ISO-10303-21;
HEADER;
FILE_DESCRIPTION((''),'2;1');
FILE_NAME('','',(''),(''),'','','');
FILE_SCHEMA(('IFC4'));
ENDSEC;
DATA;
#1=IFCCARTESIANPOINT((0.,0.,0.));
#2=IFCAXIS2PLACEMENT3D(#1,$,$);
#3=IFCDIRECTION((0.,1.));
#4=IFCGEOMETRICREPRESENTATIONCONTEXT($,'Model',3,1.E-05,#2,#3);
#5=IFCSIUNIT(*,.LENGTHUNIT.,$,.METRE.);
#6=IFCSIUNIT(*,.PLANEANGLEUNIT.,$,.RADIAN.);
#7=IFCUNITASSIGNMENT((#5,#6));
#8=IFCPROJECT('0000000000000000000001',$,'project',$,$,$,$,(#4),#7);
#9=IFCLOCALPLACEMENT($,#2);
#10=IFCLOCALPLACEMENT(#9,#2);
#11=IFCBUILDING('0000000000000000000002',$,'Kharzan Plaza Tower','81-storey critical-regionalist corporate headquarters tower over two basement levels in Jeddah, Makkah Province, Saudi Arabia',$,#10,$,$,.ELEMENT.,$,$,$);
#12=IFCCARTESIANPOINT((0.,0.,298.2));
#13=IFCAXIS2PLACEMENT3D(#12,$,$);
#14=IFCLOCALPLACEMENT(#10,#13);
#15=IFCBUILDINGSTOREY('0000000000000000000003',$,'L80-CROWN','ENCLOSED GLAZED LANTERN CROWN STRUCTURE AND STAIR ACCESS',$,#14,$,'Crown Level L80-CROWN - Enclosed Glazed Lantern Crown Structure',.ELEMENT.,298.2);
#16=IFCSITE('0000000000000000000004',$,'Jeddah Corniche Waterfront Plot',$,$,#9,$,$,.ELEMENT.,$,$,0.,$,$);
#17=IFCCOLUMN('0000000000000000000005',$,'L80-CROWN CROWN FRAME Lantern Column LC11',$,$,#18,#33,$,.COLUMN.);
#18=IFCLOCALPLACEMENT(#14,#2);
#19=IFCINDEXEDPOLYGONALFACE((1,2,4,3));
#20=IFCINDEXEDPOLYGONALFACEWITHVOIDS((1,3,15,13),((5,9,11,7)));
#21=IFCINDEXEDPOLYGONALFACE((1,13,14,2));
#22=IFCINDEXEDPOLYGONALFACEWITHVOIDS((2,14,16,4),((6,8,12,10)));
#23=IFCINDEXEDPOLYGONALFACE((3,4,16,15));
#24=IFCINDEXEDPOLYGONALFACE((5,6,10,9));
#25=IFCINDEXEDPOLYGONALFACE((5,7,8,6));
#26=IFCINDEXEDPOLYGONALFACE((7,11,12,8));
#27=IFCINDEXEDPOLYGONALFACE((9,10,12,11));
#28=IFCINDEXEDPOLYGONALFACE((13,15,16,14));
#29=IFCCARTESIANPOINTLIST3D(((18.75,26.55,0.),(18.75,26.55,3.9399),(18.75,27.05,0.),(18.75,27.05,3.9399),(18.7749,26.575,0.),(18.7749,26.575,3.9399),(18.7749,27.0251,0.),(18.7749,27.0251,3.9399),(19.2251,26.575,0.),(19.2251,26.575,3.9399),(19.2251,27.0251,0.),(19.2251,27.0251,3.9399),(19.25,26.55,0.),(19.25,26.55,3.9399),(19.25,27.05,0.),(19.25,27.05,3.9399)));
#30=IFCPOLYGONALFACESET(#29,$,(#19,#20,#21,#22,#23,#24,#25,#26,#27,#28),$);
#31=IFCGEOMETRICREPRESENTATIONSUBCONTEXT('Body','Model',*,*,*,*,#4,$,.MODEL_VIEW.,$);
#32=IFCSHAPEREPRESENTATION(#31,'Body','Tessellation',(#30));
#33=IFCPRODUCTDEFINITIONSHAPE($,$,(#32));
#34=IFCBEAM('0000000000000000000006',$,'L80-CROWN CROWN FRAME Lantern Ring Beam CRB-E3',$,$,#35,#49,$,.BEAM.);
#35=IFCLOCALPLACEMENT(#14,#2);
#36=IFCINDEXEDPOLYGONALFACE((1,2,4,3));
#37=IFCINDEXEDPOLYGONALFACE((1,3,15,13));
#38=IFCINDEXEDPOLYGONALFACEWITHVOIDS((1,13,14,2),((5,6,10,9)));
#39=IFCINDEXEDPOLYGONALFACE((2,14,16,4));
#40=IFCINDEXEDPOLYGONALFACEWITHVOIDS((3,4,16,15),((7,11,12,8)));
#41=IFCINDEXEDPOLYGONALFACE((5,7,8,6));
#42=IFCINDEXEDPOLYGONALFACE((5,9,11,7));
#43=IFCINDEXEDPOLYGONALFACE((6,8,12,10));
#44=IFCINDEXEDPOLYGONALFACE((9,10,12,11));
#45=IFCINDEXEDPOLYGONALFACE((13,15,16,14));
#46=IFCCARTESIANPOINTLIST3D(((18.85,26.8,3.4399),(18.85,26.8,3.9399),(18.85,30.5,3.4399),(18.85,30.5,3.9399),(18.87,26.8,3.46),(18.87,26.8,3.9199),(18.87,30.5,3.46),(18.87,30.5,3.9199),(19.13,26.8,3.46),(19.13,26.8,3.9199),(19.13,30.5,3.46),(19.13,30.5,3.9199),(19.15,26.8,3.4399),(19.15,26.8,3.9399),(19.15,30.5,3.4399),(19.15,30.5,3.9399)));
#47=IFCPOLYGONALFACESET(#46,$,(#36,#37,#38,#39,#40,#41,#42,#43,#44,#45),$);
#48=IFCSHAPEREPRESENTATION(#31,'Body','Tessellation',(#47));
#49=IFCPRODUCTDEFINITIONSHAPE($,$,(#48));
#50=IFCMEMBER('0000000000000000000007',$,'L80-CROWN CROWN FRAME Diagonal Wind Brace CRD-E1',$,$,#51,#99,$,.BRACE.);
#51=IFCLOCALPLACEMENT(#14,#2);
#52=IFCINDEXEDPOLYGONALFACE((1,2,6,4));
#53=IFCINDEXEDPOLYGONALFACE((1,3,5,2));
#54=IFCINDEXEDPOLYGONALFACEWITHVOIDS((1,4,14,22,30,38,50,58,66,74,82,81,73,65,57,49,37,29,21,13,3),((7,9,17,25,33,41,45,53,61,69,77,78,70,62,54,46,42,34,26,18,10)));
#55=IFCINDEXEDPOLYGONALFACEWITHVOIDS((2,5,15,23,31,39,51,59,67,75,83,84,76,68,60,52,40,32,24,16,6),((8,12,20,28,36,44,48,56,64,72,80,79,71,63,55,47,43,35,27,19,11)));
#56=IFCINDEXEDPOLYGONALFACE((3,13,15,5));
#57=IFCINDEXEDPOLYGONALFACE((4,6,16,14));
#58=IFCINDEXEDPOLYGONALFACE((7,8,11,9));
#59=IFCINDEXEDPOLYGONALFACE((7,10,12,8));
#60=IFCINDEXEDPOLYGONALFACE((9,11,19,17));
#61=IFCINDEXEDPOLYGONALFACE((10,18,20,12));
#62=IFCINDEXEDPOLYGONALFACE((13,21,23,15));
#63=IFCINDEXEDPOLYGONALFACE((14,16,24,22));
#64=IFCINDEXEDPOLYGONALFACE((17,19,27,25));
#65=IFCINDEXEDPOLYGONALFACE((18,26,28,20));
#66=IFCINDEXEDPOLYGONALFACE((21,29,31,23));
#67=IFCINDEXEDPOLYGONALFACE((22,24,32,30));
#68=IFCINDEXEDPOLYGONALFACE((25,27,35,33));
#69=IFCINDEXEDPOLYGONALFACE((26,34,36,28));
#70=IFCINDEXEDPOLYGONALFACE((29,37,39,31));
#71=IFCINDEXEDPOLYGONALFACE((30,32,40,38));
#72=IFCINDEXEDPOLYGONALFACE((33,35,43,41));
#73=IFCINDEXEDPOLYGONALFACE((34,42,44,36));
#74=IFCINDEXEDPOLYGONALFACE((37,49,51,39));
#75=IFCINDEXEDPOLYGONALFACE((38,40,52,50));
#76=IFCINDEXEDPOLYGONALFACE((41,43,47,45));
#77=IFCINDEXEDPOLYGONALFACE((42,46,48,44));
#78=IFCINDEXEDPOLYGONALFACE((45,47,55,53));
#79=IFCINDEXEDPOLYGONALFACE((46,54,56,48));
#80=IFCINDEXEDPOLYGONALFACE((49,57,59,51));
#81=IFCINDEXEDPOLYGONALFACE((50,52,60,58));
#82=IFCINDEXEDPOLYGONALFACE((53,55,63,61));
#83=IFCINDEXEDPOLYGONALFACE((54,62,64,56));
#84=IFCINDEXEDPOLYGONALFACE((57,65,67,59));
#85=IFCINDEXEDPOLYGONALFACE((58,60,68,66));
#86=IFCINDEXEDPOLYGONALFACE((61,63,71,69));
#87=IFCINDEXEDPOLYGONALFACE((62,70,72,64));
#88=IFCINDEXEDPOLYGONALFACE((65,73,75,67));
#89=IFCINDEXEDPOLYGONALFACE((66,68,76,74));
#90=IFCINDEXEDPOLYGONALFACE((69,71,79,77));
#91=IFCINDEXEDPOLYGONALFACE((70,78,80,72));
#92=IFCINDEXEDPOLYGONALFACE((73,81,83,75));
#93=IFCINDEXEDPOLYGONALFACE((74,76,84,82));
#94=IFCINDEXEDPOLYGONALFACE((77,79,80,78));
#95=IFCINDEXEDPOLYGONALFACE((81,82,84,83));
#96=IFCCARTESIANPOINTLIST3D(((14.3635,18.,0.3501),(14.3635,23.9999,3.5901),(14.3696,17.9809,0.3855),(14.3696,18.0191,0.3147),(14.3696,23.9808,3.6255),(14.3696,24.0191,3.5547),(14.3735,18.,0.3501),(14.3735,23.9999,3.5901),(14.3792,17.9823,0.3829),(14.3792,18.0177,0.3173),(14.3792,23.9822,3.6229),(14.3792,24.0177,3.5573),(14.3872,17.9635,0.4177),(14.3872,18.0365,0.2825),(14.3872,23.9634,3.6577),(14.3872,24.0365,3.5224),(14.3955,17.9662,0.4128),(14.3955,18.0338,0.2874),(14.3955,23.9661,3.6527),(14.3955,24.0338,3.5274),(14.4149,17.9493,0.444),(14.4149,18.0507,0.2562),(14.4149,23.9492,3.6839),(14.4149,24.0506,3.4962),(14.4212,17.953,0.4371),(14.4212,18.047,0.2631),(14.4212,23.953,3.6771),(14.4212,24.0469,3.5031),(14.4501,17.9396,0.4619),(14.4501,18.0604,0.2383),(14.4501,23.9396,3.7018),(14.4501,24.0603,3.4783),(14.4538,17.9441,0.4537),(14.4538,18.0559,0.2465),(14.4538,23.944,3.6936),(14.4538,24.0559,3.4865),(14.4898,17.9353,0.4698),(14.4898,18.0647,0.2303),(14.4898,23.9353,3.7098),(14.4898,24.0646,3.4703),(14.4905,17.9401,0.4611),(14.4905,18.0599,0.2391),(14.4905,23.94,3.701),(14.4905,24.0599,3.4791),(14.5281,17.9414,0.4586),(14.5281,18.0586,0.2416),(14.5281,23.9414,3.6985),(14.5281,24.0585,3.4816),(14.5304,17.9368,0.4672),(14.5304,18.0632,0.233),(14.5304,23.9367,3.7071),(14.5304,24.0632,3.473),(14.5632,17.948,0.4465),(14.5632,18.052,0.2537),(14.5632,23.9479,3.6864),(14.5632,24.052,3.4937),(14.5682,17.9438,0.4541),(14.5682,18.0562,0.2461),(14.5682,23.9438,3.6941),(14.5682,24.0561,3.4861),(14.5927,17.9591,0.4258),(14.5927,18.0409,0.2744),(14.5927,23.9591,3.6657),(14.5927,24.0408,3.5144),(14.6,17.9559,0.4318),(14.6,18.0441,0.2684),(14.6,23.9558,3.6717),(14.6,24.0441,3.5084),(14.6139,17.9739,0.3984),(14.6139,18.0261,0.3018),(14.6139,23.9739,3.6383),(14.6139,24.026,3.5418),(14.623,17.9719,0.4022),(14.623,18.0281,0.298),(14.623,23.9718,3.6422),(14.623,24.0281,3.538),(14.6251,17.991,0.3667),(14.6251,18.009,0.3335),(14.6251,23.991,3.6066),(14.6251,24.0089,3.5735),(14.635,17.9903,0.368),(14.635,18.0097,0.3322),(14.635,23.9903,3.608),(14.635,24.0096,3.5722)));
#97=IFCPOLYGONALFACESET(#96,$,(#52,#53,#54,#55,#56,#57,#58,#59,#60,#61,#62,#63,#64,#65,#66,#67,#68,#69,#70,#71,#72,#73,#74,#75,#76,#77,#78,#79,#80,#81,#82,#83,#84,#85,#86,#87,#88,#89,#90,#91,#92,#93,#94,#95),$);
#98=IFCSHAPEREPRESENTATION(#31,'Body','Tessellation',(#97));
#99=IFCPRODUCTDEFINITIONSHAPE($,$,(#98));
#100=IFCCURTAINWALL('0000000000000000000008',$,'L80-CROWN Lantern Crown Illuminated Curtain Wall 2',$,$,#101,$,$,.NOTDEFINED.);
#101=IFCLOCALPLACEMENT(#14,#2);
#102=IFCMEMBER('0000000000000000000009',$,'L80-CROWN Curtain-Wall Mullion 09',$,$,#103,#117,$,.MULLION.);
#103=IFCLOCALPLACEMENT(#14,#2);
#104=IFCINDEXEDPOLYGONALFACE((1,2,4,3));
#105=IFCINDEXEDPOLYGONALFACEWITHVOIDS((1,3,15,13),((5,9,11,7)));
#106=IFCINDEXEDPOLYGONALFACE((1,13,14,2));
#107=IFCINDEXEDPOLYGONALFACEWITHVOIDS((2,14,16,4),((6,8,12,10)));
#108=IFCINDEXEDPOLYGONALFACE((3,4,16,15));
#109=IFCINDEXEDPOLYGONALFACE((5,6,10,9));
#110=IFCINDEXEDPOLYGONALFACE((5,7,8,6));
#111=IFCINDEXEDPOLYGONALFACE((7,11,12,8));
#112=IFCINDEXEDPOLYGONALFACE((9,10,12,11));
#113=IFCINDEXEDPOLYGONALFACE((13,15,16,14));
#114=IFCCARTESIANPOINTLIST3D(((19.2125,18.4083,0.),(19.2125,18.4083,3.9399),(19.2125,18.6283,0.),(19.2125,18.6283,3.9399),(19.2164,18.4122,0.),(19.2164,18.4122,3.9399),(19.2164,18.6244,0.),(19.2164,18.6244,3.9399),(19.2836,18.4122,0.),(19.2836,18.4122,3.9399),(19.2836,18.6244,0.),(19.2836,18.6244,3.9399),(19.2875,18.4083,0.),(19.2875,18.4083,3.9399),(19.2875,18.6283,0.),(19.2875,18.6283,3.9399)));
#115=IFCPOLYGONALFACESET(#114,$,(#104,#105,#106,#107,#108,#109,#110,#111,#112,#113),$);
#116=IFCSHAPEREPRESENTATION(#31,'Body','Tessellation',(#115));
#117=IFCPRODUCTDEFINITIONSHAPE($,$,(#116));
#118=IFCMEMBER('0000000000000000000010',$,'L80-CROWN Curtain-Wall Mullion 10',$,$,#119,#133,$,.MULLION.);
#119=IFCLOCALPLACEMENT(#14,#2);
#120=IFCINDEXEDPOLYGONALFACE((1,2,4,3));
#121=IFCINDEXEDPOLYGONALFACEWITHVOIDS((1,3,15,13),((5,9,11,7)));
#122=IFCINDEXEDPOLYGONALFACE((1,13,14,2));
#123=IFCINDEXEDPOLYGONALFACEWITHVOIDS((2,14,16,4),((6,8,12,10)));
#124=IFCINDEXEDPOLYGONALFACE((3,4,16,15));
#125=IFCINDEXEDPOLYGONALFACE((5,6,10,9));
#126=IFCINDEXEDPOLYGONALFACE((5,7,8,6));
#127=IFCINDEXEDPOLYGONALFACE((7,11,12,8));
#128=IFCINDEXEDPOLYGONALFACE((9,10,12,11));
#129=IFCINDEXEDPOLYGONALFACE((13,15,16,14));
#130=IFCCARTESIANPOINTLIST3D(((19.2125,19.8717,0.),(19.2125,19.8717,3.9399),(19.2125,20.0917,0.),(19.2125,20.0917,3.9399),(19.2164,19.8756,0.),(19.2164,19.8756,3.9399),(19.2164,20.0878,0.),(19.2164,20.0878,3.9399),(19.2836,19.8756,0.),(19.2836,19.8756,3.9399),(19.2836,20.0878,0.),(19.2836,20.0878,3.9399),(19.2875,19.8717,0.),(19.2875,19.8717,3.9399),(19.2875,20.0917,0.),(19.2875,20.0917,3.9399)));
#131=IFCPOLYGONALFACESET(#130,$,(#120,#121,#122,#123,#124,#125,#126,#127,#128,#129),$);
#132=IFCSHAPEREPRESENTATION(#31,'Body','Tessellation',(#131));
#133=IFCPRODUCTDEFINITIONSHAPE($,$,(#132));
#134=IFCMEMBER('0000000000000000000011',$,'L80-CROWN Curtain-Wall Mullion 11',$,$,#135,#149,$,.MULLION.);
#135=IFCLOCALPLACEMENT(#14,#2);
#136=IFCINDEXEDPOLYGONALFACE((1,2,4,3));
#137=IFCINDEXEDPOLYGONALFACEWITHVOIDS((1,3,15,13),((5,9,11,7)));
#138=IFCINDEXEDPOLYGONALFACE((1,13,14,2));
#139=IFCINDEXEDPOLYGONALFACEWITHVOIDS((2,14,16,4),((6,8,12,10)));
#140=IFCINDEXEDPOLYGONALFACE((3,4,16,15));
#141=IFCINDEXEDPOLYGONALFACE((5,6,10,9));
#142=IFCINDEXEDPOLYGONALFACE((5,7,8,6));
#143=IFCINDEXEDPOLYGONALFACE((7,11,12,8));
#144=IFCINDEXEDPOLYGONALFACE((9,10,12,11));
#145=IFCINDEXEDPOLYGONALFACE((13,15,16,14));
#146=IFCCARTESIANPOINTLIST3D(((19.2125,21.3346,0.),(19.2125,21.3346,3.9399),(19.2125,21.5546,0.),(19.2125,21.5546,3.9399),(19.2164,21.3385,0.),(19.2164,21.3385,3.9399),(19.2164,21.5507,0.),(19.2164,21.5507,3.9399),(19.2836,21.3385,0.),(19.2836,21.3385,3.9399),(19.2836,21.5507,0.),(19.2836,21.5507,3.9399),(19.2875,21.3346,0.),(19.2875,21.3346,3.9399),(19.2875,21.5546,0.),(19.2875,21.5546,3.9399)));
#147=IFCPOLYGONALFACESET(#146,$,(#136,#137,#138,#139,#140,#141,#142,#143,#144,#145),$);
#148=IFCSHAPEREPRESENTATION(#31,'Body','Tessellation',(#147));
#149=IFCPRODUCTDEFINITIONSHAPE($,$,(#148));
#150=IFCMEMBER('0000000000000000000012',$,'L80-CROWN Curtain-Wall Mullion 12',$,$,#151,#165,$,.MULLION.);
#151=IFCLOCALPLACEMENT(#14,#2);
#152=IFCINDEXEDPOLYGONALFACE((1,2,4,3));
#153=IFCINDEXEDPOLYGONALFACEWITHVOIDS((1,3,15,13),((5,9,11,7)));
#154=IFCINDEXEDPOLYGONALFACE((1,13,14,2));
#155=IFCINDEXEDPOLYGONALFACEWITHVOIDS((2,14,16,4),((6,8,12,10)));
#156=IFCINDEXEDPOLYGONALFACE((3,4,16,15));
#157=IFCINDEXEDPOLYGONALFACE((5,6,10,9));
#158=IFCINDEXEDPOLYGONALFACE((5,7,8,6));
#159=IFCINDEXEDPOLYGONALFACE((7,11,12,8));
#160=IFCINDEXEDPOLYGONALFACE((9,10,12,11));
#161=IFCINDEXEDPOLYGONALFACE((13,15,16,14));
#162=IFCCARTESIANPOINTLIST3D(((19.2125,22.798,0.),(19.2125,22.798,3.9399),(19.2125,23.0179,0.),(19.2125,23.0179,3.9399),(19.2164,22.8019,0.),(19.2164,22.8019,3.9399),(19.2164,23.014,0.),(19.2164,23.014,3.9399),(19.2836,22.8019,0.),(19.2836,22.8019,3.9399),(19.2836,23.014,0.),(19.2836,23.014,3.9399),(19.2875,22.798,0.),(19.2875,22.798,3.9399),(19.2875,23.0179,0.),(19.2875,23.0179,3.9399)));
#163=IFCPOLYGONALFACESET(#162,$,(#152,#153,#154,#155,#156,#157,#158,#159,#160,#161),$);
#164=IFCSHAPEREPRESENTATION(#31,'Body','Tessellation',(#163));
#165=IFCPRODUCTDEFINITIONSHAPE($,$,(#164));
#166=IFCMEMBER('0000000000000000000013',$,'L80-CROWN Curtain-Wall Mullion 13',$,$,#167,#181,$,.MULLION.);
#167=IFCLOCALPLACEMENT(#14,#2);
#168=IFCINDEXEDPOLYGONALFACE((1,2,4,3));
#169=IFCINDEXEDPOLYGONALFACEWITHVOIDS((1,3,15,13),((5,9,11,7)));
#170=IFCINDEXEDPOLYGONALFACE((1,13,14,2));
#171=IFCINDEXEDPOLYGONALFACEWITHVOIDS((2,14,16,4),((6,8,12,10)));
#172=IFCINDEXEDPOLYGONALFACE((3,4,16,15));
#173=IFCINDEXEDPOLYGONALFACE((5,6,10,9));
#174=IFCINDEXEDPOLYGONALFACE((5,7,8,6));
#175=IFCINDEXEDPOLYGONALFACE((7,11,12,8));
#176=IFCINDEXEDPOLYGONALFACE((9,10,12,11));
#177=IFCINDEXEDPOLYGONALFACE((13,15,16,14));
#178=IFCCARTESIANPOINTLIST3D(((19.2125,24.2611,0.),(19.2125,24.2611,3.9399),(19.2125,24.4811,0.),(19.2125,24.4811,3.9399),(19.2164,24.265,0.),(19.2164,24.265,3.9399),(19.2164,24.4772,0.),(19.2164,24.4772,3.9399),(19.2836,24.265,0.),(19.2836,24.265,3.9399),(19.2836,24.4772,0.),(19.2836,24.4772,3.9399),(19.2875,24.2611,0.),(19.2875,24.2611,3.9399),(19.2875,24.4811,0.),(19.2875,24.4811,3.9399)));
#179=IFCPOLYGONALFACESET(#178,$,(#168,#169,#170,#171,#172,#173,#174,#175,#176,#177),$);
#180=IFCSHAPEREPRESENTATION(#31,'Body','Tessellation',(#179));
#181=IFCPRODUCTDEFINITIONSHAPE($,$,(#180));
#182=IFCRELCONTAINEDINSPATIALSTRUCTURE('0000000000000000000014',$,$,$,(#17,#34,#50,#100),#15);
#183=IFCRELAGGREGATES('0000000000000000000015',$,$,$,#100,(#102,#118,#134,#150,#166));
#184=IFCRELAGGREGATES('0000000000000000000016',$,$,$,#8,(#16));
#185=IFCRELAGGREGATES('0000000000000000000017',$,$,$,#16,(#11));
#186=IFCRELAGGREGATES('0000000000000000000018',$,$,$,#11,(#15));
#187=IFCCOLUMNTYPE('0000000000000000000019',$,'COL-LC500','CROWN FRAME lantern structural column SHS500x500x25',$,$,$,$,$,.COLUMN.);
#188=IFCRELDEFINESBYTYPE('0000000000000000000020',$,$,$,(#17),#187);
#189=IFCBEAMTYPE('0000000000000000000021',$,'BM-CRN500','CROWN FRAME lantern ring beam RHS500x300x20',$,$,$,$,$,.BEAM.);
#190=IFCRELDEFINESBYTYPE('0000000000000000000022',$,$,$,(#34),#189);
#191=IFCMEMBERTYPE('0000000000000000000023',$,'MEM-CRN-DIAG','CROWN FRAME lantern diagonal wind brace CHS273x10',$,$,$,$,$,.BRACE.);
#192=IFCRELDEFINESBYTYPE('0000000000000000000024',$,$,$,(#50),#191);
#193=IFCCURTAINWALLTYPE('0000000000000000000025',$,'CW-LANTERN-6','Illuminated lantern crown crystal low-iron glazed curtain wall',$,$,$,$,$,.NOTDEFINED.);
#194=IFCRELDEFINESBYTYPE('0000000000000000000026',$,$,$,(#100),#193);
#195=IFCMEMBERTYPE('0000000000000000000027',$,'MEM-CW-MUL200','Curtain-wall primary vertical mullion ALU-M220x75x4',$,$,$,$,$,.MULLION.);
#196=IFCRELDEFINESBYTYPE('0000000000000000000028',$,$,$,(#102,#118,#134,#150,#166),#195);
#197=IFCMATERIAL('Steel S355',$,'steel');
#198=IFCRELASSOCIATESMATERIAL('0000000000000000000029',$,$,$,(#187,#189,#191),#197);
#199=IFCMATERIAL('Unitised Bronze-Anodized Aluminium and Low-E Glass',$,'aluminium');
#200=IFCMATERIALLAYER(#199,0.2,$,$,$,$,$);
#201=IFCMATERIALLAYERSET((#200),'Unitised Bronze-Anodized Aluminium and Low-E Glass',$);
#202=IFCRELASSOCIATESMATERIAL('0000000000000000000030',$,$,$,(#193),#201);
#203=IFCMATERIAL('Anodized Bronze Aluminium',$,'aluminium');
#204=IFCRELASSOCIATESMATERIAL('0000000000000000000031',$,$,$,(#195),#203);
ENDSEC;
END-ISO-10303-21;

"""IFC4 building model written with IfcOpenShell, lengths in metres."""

from ifc_helpers import new_model, si_unit, direction, frame, origin, origin_2d, place, context, subcontext, project, spatial, hollow_rectangle, hollow_circle, extrude, source, transform, mapped, material, layer, layer_set, material_profile, profile_set, type_object, element, aggregate, save


model = new_model("IFC4")

# Units and contexts
model_context = context("Model", 3, precision=1e-05, world=origin(), true_north=direction((0.0, 1.0)))
body_context = subcontext(model_context, "Body", "Model", "MODEL_VIEW")
ifc_project = project(units=[si_unit("LENGTHUNIT", "METRE"), si_unit("PLANEANGLEUNIT", "RADIAN")], contexts=[model_context])

# Site, building, storey
site_placement = place(None, origin())
site = spatial("IfcSite", under=ifc_project, at=site_placement, Name="Jeddah Corniche Waterfront Plot", CompositionType="ELEMENT", RefElevation=0.0)
building_placement = place(site_placement, origin())
building = spatial("IfcBuilding", under=site, at=building_placement, Name="Kharzan Plaza Tower", Description="81-storey critical-regionalist corporate headquarters tower over two basement levels in Jeddah, Makkah Province, Saudi Arabia", CompositionType="ELEMENT")
storey_placement = place(building_placement, frame((0.0, 0.0, 298.2)))
storey = spatial("IfcBuildingStorey", under=building, at=storey_placement, Name="L80-CROWN", Description="ENCLOSED GLAZED LANTERN CROWN STRUCTURE AND STAIR ACCESS", LongName="Crown Level L80-CROWN - Enclosed Glazed Lantern Crown Structure", CompositionType="ELEMENT", Elevation=298.2)

# Column
ifc_material_1 = material(Name="Steel S355", Category="steel")
ifc_material_profile_1 = material_profile(ifc_material_1, hollow_rectangle(XDim=0.5, YDim=0.5, WallThickness=0.0249, at=origin_2d()), Name="SHS500x500x25")
ifc_profile_set_1 = profile_set([ifc_material_profile_1], Name="Steel S355")
column_type = type_object("IfcColumnType", Name="COL-LC500", Description="CROWN FRAME lantern structural column SHS500x500x25", PredefinedType="COLUMN", material=ifc_profile_set_1)
shared_shape_1 = source(origin(), body_context, "Body", "SweptSolid", [
    extrude(hollow_rectangle(XDim=0.5, YDim=0.5, WallThickness=0.0249, at=origin_2d()), origin(), (0.0, 0.0, 1.0), 3.9399),
])
column_placement = place(storey_placement, frame((19.0, 26.8, 0.0), z_axis=(0.0, 0.0, 1.0), x_axis=(1.0, 0.0, 0.0)))
element("IfcColumn", 1, at=column_placement, inside=storey, type_object=column_type, Name="L80-CROWN CROWN FRAME Lantern Column LC11", PredefinedType="COLUMN", context=body_context, shape_type="MappedRepresentation", body=[
    mapped(shared_shape_1, transform((0.0, 0.0, 0.0), x_axis=(1.0, 0.0, 0.0), y_axis=(0.0, 1.0, 0.0), z_axis=(0.0, 0.0, 1.0))),
])

# Beam
ifc_material_profile_2 = material_profile(ifc_material_1, hollow_rectangle(XDim=0.3, YDim=0.5, WallThickness=0.02, at=origin_2d()), Name="RHS500x300x20")
ifc_profile_set_2 = profile_set([ifc_material_profile_2], Name="Steel S355")
beam_type = type_object("IfcBeamType", Name="BM-CRN500", Description="CROWN FRAME lantern ring beam RHS500x300x20", PredefinedType="BEAM", material=ifc_profile_set_2)
shared_shape_2 = source(origin(), body_context, "Body", "SweptSolid", [
    extrude(hollow_rectangle(XDim=0.3, YDim=0.5, WallThickness=0.02, at=origin_2d()), origin(), (0.0, 0.0, 1.0), 3.7),
])
beam_placement = place(storey_placement, frame((19.0, 26.8, 3.6899), z_axis=(0.0, 1.0, 0.0), x_axis=(-1.0, 0.0, 0.0)))
element("IfcBeam", 2, at=beam_placement, inside=storey, type_object=beam_type, Name="L80-CROWN CROWN FRAME Lantern Ring Beam CRB-E3", PredefinedType="BEAM", context=body_context, shape_type="MappedRepresentation", body=[
    mapped(shared_shape_2, transform((0.0, 0.0, 0.0), x_axis=(1.0, 0.0, 0.0), y_axis=(0.0, 1.0, 0.0), z_axis=(0.0, 0.0, 1.0))),
])

# Member
ifc_material_profile_3 = material_profile(ifc_material_1, hollow_circle(Radius=0.1365, WallThickness=0.01, at=origin_2d()), Name="CHS273x10")
ifc_profile_set_3 = profile_set([ifc_material_profile_3], Name="Steel S355")
member_type_1 = type_object("IfcMemberType", Name="MEM-CRN-DIAG", Description="CROWN FRAME lantern diagonal wind brace CHS273x10", PredefinedType="BRACE", material=ifc_profile_set_3)
shared_shape_3 = source(origin(), body_context, "Body", "SweptSolid", [
    extrude(hollow_circle(Radius=0.1365, WallThickness=0.01, at=origin_2d()), origin(), (0.0, 0.0, 1.0), 6.8188),
])
member_1_placement = place(storey_placement, frame((14.5, 18.0, 0.3501), z_axis=(0.0, 0.879906, 0.475148), x_axis=(-1.0, 0.0, 0.0)))
element("IfcMember", 3, at=member_1_placement, inside=storey, type_object=member_type_1, Name="L80-CROWN CROWN FRAME Diagonal Wind Brace CRD-E1", PredefinedType="BRACE", context=body_context, shape_type="MappedRepresentation", body=[
    mapped(shared_shape_3, transform((0.0, 0.0, 0.0), x_axis=(1.0, 0.0, 0.0), y_axis=(0.0, 1.0, 0.0), z_axis=(0.0, 0.0, 1.0))),
])

# Curtain wall, members
ifc_material_2 = material(Name="Unitised Bronze-Anodized Aluminium and Low-E Glass", Category="aluminium")
ifc_layer_1 = layer(ifc_material_2, 0.2)
ifc_layer_set_1 = layer_set([ifc_layer_1], Name="Unitised Bronze-Anodized Aluminium and Low-E Glass")
curtain_wall_type = type_object("IfcCurtainWallType", Name="CW-LANTERN-6", Description="Illuminated lantern crown crystal low-iron glazed curtain wall", PredefinedType="NOTDEFINED", material=ifc_layer_set_1)
curtain_wall_placement = place(storey_placement, origin())
curtain_wall = element("IfcCurtainWall", 4, at=curtain_wall_placement, inside=storey, type_object=curtain_wall_type, Name="L80-CROWN Lantern Crown Illuminated Curtain Wall 2", PredefinedType="NOTDEFINED")
ifc_material_3 = material(Name="Anodized Bronze Aluminium", Category="aluminium")
ifc_material_profile_4 = material_profile(ifc_material_3, hollow_rectangle(XDim=0.075, YDim=0.22, WallThickness=0.0039, at=origin_2d()), Name="ALU-M220x75x4")
ifc_profile_set_4 = profile_set([ifc_material_profile_4], Name="Anodized Bronze Aluminium")
member_type_2 = type_object("IfcMemberType", Name="MEM-CW-MUL200", Description="Curtain-wall primary vertical mullion ALU-M220x75x4", PredefinedType="MULLION", material=ifc_profile_set_4)
shared_shape_4 = source(origin(), body_context, "Body", "SweptSolid", [
    extrude(hollow_rectangle(XDim=0.075, YDim=0.22, WallThickness=0.0039, at=origin_2d()), origin(), (0.0, 0.0, 1.0), 3.9399),
])
member_2_placement = place(storey_placement, frame((19.25, 18.5183, 0.0), z_axis=(0.0, 0.0, 1.0), x_axis=(1.0, 0.0, 0.0)))
member_2 = element("IfcMember", 5, at=member_2_placement, type_object=member_type_2, Name="L80-CROWN Curtain-Wall Mullion 09", PredefinedType="MULLION", context=body_context, shape_type="MappedRepresentation", body=[
    mapped(shared_shape_4, transform((0.0, 0.0, 0.0), x_axis=(1.0, 0.0, 0.0), y_axis=(0.0, 1.0, 0.0), z_axis=(0.0, 0.0, 1.0))),
])
member_3_placement = place(storey_placement, frame((19.25, 19.9817, 0.0), z_axis=(0.0, 0.0, 1.0), x_axis=(1.0, 0.0, 0.0)))
member_3 = element("IfcMember", 6, at=member_3_placement, type_object=member_type_2, Name="L80-CROWN Curtain-Wall Mullion 10", PredefinedType="MULLION", context=body_context, shape_type="MappedRepresentation", body=[
    mapped(shared_shape_4, transform((0.0, 0.0, 0.0), x_axis=(1.0, 0.0, 0.0), y_axis=(0.0, 1.0, 0.0), z_axis=(0.0, 0.0, 1.0))),
])
member_4_placement = place(storey_placement, frame((19.25, 21.4446, 0.0), z_axis=(0.0, 0.0, 1.0), x_axis=(1.0, 0.0, 0.0)))
member_4 = element("IfcMember", 7, at=member_4_placement, type_object=member_type_2, Name="L80-CROWN Curtain-Wall Mullion 11", PredefinedType="MULLION", context=body_context, shape_type="MappedRepresentation", body=[
    mapped(shared_shape_4, transform((0.0, 0.0, 0.0), x_axis=(1.0, 0.0, 0.0), y_axis=(0.0, 1.0, 0.0), z_axis=(0.0, 0.0, 1.0))),
])
member_5_placement = place(storey_placement, frame((19.25, 22.908, 0.0), z_axis=(0.0, 0.0, 1.0), x_axis=(1.0, 0.0, 0.0)))
member_5 = element("IfcMember", 8, at=member_5_placement, type_object=member_type_2, Name="L80-CROWN Curtain-Wall Mullion 12", PredefinedType="MULLION", context=body_context, shape_type="MappedRepresentation", body=[
    mapped(shared_shape_4, transform((0.0, 0.0, 0.0), x_axis=(1.0, 0.0, 0.0), y_axis=(0.0, 1.0, 0.0), z_axis=(0.0, 0.0, 1.0))),
])
member_6_placement = place(storey_placement, frame((19.25, 24.3711, 0.0), z_axis=(0.0, 0.0, 1.0), x_axis=(1.0, 0.0, 0.0)))
member_6 = element("IfcMember", 9, at=member_6_placement, type_object=member_type_2, Name="L80-CROWN Curtain-Wall Mullion 13", PredefinedType="MULLION", context=body_context, shape_type="MappedRepresentation", body=[
    mapped(shared_shape_4, transform((0.0, 0.0, 0.0), x_axis=(1.0, 0.0, 0.0), y_axis=(0.0, 1.0, 0.0), z_axis=(0.0, 0.0, 1.0))),
])

aggregate(curtain_wall, [member_2, member_3, member_4, member_5, member_6])

save(model, "model.ifc")
